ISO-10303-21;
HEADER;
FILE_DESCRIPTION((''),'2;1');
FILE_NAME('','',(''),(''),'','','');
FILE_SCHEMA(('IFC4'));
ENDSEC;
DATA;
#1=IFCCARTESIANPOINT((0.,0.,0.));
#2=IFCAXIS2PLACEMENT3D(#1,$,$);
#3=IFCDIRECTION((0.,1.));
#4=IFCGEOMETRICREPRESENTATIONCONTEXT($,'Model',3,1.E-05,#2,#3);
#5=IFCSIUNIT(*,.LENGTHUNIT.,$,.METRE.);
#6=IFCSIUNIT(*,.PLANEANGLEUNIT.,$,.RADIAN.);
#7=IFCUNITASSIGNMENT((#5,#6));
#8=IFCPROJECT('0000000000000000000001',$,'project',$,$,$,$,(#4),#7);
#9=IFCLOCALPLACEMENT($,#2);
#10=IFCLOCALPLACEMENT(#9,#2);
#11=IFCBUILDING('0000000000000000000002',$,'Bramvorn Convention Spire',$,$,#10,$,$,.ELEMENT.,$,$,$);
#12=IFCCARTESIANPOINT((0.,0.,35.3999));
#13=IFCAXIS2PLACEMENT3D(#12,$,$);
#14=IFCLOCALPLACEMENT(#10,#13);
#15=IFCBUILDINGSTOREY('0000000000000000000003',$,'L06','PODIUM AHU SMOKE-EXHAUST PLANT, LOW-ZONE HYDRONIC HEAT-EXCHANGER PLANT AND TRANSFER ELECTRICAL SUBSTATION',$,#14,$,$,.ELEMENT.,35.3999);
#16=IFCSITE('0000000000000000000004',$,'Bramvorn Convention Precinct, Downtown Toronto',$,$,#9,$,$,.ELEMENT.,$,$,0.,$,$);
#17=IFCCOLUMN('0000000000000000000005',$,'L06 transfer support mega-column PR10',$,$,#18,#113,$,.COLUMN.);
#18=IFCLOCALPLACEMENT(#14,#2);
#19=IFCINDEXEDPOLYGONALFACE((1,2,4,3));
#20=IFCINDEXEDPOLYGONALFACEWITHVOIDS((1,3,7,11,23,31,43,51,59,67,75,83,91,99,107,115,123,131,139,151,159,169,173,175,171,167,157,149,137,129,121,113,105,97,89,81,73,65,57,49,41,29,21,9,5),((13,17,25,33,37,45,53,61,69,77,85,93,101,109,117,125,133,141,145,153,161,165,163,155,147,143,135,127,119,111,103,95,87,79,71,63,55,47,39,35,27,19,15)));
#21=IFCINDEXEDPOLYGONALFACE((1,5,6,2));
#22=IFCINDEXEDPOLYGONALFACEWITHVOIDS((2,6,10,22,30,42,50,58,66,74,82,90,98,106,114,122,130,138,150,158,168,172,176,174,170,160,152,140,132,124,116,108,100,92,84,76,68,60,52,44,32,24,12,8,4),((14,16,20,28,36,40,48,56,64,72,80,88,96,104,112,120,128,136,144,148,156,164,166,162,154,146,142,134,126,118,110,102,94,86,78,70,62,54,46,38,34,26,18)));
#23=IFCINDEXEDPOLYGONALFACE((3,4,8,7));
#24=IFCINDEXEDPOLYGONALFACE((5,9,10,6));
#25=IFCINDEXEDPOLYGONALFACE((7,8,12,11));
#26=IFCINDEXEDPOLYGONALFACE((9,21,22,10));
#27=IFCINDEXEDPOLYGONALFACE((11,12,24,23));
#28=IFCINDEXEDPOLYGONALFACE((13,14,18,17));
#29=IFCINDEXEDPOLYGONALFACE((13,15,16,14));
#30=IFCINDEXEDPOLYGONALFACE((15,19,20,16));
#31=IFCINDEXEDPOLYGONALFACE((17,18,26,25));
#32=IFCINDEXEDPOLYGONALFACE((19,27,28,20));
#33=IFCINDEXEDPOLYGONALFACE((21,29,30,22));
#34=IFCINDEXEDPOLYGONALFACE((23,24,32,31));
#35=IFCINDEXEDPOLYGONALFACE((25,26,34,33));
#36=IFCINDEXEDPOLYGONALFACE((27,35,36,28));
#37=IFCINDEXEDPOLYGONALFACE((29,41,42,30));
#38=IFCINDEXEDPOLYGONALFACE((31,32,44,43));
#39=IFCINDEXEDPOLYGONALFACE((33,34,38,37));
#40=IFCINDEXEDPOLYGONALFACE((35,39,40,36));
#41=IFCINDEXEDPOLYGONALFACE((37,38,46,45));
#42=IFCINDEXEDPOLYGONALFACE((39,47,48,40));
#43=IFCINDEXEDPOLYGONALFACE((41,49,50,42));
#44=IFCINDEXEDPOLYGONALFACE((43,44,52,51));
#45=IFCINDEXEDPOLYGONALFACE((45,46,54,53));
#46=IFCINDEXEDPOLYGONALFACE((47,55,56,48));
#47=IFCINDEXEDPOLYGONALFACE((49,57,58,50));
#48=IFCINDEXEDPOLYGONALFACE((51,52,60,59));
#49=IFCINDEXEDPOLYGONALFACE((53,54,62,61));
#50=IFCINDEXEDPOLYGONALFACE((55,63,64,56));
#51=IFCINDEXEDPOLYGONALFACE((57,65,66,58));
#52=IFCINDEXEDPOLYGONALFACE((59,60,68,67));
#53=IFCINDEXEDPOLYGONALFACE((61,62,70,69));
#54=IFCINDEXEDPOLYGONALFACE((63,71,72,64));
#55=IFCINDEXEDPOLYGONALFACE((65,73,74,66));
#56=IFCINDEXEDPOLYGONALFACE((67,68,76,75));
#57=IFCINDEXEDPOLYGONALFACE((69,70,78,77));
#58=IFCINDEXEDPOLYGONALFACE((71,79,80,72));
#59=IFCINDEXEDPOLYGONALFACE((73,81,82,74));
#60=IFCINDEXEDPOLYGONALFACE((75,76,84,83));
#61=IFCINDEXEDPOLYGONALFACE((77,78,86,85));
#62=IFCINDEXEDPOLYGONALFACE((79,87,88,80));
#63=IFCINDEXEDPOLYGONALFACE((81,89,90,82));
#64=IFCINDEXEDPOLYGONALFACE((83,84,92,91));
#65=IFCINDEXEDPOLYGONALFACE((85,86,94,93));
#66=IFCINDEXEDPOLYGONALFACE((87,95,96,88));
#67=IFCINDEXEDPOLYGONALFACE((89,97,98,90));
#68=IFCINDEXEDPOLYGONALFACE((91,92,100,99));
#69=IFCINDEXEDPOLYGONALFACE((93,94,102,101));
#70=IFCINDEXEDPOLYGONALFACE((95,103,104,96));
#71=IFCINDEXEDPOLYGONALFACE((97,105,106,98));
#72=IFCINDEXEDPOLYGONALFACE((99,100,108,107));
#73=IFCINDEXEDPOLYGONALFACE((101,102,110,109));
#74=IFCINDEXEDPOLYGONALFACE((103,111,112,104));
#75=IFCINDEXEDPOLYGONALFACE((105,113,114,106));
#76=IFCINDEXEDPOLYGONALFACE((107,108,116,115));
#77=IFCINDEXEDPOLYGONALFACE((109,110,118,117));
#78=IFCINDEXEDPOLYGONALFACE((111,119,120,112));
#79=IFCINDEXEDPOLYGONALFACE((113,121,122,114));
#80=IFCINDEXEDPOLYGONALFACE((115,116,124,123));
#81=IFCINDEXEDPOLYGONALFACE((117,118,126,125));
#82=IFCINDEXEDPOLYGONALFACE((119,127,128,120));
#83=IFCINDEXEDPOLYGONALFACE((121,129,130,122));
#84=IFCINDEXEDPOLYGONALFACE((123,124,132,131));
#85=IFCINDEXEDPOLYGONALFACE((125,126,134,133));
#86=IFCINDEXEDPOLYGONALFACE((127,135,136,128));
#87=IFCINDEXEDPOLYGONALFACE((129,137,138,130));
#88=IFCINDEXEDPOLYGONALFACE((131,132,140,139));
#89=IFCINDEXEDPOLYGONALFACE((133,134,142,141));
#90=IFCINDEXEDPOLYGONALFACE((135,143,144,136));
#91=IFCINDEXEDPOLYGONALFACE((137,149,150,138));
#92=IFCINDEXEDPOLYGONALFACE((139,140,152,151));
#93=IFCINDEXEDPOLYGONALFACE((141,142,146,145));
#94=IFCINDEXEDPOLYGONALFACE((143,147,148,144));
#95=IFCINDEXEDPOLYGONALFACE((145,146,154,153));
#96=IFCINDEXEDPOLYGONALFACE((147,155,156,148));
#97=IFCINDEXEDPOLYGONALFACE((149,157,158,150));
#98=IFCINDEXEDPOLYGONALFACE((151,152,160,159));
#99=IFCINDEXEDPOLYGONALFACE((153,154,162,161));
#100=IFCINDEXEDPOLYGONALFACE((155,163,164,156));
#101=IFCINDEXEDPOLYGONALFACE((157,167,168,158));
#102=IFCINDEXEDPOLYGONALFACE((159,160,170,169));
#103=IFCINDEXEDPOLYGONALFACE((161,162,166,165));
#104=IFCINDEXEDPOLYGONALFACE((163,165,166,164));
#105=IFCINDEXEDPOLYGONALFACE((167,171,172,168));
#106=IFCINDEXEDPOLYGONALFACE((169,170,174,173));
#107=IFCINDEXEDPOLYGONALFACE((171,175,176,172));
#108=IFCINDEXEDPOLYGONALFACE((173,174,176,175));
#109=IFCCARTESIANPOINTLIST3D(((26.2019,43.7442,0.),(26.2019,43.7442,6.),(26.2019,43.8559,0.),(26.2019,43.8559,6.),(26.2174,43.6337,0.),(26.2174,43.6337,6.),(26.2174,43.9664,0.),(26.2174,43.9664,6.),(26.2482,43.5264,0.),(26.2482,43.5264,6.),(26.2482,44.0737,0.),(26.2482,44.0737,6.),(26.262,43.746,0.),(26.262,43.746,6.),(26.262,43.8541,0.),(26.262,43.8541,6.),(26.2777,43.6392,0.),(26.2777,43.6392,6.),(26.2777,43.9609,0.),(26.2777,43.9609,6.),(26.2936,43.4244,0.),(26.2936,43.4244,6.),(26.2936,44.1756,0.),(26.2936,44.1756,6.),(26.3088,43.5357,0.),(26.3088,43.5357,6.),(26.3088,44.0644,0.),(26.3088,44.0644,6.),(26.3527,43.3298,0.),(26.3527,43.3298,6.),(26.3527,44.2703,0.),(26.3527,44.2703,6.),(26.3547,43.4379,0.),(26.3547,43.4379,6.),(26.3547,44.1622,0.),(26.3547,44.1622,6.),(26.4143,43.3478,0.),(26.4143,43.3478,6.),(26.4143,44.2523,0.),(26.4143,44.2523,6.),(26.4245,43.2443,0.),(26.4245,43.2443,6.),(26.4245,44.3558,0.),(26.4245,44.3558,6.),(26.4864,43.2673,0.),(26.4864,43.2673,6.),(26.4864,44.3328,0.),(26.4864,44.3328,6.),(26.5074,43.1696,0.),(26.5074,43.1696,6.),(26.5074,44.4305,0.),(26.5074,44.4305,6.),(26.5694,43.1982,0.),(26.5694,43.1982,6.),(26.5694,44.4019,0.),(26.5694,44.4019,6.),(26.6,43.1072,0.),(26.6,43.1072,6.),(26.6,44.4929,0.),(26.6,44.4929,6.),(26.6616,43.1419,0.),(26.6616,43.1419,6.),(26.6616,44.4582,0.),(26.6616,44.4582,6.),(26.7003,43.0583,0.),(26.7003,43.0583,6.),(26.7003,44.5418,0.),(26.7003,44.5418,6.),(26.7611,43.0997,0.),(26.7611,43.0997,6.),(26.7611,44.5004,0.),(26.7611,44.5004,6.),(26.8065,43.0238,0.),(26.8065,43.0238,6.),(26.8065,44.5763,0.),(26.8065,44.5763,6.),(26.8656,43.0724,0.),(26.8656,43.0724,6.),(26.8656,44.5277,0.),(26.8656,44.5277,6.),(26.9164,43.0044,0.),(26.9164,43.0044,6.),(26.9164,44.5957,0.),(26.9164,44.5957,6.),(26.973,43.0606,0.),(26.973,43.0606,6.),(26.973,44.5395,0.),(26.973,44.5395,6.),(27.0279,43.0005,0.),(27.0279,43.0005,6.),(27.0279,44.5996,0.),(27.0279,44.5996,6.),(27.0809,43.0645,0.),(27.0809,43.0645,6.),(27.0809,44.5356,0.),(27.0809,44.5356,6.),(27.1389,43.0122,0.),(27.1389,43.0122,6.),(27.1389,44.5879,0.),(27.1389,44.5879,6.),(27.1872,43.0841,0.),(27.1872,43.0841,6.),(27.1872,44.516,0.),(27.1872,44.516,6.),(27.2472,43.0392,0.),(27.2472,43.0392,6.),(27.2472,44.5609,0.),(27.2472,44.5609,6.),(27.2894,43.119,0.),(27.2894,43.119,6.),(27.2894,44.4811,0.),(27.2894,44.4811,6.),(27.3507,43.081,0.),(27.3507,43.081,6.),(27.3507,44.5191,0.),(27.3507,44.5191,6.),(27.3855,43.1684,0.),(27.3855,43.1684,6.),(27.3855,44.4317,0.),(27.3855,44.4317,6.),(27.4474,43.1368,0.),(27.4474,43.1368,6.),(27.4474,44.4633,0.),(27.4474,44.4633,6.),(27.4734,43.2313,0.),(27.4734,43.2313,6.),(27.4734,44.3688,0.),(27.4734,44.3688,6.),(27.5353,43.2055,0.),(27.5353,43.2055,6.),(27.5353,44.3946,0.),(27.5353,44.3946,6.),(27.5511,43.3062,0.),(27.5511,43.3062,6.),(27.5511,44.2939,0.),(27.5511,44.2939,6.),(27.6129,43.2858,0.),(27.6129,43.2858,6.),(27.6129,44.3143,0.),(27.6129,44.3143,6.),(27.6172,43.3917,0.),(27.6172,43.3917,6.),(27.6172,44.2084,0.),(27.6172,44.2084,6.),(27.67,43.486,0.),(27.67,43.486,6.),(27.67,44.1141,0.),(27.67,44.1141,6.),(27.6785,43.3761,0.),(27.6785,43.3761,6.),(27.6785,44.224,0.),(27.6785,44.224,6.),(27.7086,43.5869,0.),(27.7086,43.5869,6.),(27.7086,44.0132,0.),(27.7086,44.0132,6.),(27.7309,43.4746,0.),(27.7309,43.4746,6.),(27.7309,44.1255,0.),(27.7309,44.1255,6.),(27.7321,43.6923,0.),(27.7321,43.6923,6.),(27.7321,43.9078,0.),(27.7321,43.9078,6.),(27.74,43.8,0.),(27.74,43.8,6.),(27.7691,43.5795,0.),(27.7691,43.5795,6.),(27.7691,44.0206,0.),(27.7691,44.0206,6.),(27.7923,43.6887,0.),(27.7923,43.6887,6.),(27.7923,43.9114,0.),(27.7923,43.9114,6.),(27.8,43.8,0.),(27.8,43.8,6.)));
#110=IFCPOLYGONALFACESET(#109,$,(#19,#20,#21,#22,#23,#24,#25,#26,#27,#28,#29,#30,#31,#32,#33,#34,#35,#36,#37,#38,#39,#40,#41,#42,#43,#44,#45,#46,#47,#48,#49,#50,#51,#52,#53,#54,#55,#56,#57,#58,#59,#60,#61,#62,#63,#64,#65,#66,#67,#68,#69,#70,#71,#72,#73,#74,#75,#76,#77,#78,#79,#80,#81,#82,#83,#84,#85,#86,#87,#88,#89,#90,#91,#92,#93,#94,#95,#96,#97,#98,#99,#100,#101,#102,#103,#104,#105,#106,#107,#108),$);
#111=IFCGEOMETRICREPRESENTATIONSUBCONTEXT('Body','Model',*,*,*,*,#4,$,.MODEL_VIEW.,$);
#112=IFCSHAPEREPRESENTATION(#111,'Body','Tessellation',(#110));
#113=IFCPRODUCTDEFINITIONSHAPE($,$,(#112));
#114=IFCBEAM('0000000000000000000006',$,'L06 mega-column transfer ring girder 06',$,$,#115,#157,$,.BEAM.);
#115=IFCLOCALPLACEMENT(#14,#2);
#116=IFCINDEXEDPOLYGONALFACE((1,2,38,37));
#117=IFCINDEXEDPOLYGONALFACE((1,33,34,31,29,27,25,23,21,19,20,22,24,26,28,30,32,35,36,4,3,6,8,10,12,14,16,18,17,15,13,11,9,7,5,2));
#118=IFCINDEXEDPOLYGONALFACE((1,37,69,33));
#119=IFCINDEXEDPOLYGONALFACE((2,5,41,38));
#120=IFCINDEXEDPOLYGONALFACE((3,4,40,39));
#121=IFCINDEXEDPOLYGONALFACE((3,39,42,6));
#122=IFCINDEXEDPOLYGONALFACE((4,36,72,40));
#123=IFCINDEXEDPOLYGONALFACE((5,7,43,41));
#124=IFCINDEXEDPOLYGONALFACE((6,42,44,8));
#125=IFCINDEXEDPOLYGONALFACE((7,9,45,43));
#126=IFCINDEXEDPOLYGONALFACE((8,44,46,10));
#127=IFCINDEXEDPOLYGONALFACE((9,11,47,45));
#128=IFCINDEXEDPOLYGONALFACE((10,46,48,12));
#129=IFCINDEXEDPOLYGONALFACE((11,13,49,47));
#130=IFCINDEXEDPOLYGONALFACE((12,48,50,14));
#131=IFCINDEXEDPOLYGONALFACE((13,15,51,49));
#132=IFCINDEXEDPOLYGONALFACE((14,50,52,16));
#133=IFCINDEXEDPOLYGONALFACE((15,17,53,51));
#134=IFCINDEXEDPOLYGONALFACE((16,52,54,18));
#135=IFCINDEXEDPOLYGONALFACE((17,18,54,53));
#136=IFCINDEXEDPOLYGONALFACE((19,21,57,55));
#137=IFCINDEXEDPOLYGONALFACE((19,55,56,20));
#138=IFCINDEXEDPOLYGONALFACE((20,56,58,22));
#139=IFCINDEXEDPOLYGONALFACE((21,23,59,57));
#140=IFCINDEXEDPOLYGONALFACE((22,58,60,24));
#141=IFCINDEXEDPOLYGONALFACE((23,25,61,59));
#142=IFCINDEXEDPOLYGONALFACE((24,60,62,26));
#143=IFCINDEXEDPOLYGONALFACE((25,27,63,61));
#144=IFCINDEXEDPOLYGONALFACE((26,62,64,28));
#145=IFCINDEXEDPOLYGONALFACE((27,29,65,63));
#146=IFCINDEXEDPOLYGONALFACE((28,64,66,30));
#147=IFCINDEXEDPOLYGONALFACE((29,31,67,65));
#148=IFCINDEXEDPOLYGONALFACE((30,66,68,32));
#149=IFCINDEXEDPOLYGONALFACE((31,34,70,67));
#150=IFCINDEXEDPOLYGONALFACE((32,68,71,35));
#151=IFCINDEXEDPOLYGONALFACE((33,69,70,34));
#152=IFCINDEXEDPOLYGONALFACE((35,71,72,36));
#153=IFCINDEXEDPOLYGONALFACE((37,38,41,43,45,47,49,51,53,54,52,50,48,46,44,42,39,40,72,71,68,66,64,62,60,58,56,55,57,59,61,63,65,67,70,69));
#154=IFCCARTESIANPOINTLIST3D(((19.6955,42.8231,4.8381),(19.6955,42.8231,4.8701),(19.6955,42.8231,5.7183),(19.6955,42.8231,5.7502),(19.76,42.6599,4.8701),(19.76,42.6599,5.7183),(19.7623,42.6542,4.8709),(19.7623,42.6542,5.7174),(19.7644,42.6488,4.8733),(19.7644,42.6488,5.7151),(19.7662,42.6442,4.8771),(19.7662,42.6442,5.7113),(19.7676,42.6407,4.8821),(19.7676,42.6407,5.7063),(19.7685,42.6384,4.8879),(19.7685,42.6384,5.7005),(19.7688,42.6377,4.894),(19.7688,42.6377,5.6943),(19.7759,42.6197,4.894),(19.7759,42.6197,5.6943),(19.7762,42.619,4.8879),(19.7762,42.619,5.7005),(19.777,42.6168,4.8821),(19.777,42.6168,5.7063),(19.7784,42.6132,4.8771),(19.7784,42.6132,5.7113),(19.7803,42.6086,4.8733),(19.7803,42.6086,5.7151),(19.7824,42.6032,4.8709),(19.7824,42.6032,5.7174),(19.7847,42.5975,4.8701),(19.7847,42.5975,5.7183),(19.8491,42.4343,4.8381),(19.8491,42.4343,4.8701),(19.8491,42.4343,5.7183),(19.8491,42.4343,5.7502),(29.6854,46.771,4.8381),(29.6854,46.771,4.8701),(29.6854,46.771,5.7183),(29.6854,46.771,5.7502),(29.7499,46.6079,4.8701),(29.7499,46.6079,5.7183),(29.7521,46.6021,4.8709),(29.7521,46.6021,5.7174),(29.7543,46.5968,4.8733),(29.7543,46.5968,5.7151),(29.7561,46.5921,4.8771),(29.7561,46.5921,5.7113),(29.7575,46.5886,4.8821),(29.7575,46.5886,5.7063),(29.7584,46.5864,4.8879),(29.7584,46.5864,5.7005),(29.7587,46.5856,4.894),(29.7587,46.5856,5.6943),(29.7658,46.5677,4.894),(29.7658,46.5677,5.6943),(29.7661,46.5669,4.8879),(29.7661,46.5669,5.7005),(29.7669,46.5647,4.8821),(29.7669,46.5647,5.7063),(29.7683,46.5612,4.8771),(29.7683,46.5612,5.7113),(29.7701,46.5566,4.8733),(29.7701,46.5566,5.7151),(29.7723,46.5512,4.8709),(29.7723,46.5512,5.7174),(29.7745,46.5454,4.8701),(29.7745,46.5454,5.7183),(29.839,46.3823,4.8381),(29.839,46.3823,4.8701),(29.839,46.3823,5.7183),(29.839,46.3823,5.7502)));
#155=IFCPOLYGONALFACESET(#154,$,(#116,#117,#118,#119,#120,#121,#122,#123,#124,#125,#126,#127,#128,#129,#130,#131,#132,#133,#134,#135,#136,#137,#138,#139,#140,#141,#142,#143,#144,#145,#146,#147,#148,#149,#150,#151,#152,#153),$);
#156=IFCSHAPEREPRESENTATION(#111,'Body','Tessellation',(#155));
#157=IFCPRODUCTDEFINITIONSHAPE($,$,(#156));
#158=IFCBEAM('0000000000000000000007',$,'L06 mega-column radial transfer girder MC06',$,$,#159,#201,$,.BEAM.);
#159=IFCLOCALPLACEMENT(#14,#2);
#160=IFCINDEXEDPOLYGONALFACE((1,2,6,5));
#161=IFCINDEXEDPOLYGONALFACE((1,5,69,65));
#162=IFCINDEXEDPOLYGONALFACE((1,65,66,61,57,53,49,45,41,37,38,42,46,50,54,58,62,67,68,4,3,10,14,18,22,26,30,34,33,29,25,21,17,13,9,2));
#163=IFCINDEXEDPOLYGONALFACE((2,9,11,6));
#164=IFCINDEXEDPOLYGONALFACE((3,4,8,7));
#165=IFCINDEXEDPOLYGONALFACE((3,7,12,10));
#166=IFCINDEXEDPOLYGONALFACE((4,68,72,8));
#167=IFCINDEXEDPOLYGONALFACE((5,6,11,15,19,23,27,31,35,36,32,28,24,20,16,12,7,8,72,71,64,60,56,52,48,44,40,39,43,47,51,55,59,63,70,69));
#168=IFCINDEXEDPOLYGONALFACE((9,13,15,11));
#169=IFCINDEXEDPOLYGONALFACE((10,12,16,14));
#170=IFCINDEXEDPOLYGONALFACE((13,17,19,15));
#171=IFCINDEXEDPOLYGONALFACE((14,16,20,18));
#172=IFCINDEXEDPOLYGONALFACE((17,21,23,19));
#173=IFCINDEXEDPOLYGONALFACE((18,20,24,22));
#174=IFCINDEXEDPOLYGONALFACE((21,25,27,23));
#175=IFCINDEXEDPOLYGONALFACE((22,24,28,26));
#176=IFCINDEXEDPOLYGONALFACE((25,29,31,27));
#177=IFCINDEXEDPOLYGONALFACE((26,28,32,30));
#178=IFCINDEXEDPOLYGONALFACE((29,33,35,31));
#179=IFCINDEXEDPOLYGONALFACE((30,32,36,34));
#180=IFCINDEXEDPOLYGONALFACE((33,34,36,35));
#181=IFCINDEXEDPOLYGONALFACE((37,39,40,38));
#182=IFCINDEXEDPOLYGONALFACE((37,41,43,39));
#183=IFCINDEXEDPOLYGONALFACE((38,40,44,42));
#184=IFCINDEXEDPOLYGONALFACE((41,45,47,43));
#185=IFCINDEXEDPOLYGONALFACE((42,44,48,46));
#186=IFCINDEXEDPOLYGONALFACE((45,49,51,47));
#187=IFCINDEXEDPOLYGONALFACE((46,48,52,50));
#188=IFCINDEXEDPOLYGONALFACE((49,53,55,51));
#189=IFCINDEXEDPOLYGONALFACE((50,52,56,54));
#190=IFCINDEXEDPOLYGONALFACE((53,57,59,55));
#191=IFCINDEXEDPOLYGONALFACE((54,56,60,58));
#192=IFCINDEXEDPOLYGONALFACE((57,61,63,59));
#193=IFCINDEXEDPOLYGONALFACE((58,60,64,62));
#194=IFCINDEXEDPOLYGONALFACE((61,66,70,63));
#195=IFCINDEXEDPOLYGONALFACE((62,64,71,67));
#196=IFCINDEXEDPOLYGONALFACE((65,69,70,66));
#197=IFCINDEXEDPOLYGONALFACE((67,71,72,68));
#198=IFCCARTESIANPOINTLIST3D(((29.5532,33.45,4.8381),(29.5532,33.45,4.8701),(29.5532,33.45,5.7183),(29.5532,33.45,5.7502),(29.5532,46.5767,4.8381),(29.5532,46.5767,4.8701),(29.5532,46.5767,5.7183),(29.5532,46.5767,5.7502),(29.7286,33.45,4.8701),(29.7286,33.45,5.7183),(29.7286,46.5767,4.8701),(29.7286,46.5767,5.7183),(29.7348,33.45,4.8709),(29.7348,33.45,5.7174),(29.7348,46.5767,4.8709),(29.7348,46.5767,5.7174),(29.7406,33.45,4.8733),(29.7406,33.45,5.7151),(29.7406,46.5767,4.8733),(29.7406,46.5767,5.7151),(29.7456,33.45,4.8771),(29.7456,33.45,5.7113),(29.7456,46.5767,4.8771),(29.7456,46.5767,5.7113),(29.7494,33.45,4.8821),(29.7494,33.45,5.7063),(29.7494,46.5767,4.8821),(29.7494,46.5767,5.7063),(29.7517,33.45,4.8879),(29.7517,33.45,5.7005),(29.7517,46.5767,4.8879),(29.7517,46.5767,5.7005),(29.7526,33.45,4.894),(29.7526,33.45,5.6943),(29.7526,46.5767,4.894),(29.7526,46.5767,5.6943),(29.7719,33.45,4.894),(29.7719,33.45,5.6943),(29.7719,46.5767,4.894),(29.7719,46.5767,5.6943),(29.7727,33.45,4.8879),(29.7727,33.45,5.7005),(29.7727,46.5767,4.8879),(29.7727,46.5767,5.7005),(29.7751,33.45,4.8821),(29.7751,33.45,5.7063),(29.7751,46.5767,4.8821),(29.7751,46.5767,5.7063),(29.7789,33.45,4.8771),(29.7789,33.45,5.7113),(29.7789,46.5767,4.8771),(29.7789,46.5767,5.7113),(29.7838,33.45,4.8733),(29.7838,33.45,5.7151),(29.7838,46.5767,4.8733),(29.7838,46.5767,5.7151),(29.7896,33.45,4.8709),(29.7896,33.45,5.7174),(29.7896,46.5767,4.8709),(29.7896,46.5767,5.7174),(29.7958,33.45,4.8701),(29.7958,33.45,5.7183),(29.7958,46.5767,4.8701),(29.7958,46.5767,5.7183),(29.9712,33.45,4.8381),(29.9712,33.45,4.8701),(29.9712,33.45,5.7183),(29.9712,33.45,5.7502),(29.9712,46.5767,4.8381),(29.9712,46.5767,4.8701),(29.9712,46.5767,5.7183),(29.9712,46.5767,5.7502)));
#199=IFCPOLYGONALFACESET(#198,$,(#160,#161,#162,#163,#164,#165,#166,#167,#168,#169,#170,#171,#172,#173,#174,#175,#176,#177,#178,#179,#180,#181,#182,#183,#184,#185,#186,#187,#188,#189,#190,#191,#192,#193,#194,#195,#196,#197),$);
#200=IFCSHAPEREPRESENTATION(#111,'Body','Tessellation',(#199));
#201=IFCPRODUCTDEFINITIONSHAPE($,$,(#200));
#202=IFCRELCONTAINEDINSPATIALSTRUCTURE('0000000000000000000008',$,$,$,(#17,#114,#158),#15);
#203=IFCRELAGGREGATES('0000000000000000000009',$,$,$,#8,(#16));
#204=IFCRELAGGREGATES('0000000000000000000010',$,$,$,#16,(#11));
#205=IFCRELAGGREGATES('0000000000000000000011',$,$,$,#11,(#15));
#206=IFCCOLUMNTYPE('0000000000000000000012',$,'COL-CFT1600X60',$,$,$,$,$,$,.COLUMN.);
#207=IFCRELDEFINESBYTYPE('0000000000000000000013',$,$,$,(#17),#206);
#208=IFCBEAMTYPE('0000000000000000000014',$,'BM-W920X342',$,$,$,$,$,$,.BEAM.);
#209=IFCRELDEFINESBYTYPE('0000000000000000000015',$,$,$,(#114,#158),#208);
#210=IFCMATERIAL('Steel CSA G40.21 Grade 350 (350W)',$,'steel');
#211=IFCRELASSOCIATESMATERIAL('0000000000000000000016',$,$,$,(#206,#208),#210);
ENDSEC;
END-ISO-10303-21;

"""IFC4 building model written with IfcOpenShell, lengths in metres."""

from ifc_helpers import new_model, si_unit, direction, frame, origin, origin_2d, place, context, subcontext, project, spatial, hollow_circle, i_section, extrude, material, material_profile, profile_set, type_object, element, save


model = new_model("IFC4")

# Units and contexts
model_context = context("Model", 3, precision=1e-05, world=origin(), true_north=direction((0.0, 1.0)))
body_context = subcontext(model_context, "Body", "Model", "MODEL_VIEW")
ifc_project = project(units=[si_unit("LENGTHUNIT", "METRE"), si_unit("PLANEANGLEUNIT", "RADIAN")], contexts=[model_context])

# Site, building, storey
site_placement = place(None, origin())
site = spatial("IfcSite", under=ifc_project, at=site_placement, Name="Bramvorn Convention Precinct, Downtown Toronto", CompositionType="ELEMENT", RefElevation=0.0)
building_placement = place(site_placement, origin())
building = spatial("IfcBuilding", under=site, at=building_placement, Name="Bramvorn Convention Spire", CompositionType="ELEMENT")
storey_placement = place(building_placement, frame((0.0, 0.0, 35.3999)))
storey = spatial("IfcBuildingStorey", under=building, at=storey_placement, Name="L06", Description="PODIUM AHU SMOKE-EXHAUST PLANT, LOW-ZONE HYDRONIC HEAT-EXCHANGER PLANT AND TRANSFER ELECTRICAL SUBSTATION", CompositionType="ELEMENT", Elevation=35.3999)

# Column
ifc_material_1 = material(Name="Steel CSA G40.21 Grade 350 (350W)", Category="steel")
ifc_material_profile_1 = material_profile(ifc_material_1, hollow_circle(Radius=0.8, WallThickness=0.0601, at=origin_2d()))
ifc_profile_set_1 = profile_set([ifc_material_profile_1], Name="Steel CSA G40.21 Grade 350 (350W) - CFT1600X60")
column_type = type_object("IfcColumnType", Name="COL-CFT1600X60", PredefinedType="COLUMN", material=ifc_profile_set_1)
column_placement = place(storey_placement, frame((27.0, 43.8, 0.0), z_axis=(0.0, 0.0, 1.0), x_axis=(1.0, 0.0, 0.0)))
element("IfcColumn", 1, at=column_placement, inside=storey, type_object=column_type, Name="L06 transfer support mega-column PR10", PredefinedType="COLUMN", context=body_context, shape_type="SweptSolid", body=[
    extrude(hollow_circle(Radius=0.8, WallThickness=0.0601, at=origin_2d()), origin(), (0.0, 0.0, 1.0), 6.0),
])

# Beams
ifc_material_profile_2 = material_profile(ifc_material_1, i_section(OverallWidth=0.418, OverallDepth=0.9121, WebThickness=0.0193, FlangeThickness=0.032, FilletRadius=0.0239, at=origin_2d()))
ifc_profile_set_2 = profile_set([ifc_material_profile_2], Name="Steel CSA G40.21 Grade 350 (350W) - W920X342")
beam_type = type_object("IfcBeamType", Name="BM-W920X342", PredefinedType="BEAM", material=ifc_profile_set_2)
beam_1_placement = place(storey_placement, frame((29.7622, 46.5767, 5.2942), z_axis=(-0.93001, -0.367535, 0.0), x_axis=(0.367535, -0.93001, 0.0)))
element("IfcBeam", 2, at=beam_1_placement, inside=storey, type_object=beam_type, Name="L06 mega-column transfer ring girder 06", PredefinedType="BEAM", context=body_context, shape_type="SweptSolid", body=[
    extrude(i_section(OverallWidth=0.418, OverallDepth=0.9121, WebThickness=0.0193, FlangeThickness=0.032, FilletRadius=0.0239, at=origin_2d()), origin(), (0.0, 0.0, 1.0), 10.7417),
])
beam_2_placement = place(storey_placement, frame((29.7622, 33.45, 5.2942), z_axis=(0.0, 1.0, 0.0), x_axis=(-1.0, 0.0, 0.0)))
element("IfcBeam", 3, at=beam_2_placement, inside=storey, type_object=beam_type, Name="L06 mega-column radial transfer girder MC06", PredefinedType="BEAM", context=body_context, shape_type="SweptSolid", body=[
    extrude(i_section(OverallWidth=0.418, OverallDepth=0.9121, WebThickness=0.0193, FlangeThickness=0.032, FilletRadius=0.0239, at=origin_2d()), origin(), (0.0, 0.0, 1.0), 13.1267),
])

save(model, "model.ifc")
